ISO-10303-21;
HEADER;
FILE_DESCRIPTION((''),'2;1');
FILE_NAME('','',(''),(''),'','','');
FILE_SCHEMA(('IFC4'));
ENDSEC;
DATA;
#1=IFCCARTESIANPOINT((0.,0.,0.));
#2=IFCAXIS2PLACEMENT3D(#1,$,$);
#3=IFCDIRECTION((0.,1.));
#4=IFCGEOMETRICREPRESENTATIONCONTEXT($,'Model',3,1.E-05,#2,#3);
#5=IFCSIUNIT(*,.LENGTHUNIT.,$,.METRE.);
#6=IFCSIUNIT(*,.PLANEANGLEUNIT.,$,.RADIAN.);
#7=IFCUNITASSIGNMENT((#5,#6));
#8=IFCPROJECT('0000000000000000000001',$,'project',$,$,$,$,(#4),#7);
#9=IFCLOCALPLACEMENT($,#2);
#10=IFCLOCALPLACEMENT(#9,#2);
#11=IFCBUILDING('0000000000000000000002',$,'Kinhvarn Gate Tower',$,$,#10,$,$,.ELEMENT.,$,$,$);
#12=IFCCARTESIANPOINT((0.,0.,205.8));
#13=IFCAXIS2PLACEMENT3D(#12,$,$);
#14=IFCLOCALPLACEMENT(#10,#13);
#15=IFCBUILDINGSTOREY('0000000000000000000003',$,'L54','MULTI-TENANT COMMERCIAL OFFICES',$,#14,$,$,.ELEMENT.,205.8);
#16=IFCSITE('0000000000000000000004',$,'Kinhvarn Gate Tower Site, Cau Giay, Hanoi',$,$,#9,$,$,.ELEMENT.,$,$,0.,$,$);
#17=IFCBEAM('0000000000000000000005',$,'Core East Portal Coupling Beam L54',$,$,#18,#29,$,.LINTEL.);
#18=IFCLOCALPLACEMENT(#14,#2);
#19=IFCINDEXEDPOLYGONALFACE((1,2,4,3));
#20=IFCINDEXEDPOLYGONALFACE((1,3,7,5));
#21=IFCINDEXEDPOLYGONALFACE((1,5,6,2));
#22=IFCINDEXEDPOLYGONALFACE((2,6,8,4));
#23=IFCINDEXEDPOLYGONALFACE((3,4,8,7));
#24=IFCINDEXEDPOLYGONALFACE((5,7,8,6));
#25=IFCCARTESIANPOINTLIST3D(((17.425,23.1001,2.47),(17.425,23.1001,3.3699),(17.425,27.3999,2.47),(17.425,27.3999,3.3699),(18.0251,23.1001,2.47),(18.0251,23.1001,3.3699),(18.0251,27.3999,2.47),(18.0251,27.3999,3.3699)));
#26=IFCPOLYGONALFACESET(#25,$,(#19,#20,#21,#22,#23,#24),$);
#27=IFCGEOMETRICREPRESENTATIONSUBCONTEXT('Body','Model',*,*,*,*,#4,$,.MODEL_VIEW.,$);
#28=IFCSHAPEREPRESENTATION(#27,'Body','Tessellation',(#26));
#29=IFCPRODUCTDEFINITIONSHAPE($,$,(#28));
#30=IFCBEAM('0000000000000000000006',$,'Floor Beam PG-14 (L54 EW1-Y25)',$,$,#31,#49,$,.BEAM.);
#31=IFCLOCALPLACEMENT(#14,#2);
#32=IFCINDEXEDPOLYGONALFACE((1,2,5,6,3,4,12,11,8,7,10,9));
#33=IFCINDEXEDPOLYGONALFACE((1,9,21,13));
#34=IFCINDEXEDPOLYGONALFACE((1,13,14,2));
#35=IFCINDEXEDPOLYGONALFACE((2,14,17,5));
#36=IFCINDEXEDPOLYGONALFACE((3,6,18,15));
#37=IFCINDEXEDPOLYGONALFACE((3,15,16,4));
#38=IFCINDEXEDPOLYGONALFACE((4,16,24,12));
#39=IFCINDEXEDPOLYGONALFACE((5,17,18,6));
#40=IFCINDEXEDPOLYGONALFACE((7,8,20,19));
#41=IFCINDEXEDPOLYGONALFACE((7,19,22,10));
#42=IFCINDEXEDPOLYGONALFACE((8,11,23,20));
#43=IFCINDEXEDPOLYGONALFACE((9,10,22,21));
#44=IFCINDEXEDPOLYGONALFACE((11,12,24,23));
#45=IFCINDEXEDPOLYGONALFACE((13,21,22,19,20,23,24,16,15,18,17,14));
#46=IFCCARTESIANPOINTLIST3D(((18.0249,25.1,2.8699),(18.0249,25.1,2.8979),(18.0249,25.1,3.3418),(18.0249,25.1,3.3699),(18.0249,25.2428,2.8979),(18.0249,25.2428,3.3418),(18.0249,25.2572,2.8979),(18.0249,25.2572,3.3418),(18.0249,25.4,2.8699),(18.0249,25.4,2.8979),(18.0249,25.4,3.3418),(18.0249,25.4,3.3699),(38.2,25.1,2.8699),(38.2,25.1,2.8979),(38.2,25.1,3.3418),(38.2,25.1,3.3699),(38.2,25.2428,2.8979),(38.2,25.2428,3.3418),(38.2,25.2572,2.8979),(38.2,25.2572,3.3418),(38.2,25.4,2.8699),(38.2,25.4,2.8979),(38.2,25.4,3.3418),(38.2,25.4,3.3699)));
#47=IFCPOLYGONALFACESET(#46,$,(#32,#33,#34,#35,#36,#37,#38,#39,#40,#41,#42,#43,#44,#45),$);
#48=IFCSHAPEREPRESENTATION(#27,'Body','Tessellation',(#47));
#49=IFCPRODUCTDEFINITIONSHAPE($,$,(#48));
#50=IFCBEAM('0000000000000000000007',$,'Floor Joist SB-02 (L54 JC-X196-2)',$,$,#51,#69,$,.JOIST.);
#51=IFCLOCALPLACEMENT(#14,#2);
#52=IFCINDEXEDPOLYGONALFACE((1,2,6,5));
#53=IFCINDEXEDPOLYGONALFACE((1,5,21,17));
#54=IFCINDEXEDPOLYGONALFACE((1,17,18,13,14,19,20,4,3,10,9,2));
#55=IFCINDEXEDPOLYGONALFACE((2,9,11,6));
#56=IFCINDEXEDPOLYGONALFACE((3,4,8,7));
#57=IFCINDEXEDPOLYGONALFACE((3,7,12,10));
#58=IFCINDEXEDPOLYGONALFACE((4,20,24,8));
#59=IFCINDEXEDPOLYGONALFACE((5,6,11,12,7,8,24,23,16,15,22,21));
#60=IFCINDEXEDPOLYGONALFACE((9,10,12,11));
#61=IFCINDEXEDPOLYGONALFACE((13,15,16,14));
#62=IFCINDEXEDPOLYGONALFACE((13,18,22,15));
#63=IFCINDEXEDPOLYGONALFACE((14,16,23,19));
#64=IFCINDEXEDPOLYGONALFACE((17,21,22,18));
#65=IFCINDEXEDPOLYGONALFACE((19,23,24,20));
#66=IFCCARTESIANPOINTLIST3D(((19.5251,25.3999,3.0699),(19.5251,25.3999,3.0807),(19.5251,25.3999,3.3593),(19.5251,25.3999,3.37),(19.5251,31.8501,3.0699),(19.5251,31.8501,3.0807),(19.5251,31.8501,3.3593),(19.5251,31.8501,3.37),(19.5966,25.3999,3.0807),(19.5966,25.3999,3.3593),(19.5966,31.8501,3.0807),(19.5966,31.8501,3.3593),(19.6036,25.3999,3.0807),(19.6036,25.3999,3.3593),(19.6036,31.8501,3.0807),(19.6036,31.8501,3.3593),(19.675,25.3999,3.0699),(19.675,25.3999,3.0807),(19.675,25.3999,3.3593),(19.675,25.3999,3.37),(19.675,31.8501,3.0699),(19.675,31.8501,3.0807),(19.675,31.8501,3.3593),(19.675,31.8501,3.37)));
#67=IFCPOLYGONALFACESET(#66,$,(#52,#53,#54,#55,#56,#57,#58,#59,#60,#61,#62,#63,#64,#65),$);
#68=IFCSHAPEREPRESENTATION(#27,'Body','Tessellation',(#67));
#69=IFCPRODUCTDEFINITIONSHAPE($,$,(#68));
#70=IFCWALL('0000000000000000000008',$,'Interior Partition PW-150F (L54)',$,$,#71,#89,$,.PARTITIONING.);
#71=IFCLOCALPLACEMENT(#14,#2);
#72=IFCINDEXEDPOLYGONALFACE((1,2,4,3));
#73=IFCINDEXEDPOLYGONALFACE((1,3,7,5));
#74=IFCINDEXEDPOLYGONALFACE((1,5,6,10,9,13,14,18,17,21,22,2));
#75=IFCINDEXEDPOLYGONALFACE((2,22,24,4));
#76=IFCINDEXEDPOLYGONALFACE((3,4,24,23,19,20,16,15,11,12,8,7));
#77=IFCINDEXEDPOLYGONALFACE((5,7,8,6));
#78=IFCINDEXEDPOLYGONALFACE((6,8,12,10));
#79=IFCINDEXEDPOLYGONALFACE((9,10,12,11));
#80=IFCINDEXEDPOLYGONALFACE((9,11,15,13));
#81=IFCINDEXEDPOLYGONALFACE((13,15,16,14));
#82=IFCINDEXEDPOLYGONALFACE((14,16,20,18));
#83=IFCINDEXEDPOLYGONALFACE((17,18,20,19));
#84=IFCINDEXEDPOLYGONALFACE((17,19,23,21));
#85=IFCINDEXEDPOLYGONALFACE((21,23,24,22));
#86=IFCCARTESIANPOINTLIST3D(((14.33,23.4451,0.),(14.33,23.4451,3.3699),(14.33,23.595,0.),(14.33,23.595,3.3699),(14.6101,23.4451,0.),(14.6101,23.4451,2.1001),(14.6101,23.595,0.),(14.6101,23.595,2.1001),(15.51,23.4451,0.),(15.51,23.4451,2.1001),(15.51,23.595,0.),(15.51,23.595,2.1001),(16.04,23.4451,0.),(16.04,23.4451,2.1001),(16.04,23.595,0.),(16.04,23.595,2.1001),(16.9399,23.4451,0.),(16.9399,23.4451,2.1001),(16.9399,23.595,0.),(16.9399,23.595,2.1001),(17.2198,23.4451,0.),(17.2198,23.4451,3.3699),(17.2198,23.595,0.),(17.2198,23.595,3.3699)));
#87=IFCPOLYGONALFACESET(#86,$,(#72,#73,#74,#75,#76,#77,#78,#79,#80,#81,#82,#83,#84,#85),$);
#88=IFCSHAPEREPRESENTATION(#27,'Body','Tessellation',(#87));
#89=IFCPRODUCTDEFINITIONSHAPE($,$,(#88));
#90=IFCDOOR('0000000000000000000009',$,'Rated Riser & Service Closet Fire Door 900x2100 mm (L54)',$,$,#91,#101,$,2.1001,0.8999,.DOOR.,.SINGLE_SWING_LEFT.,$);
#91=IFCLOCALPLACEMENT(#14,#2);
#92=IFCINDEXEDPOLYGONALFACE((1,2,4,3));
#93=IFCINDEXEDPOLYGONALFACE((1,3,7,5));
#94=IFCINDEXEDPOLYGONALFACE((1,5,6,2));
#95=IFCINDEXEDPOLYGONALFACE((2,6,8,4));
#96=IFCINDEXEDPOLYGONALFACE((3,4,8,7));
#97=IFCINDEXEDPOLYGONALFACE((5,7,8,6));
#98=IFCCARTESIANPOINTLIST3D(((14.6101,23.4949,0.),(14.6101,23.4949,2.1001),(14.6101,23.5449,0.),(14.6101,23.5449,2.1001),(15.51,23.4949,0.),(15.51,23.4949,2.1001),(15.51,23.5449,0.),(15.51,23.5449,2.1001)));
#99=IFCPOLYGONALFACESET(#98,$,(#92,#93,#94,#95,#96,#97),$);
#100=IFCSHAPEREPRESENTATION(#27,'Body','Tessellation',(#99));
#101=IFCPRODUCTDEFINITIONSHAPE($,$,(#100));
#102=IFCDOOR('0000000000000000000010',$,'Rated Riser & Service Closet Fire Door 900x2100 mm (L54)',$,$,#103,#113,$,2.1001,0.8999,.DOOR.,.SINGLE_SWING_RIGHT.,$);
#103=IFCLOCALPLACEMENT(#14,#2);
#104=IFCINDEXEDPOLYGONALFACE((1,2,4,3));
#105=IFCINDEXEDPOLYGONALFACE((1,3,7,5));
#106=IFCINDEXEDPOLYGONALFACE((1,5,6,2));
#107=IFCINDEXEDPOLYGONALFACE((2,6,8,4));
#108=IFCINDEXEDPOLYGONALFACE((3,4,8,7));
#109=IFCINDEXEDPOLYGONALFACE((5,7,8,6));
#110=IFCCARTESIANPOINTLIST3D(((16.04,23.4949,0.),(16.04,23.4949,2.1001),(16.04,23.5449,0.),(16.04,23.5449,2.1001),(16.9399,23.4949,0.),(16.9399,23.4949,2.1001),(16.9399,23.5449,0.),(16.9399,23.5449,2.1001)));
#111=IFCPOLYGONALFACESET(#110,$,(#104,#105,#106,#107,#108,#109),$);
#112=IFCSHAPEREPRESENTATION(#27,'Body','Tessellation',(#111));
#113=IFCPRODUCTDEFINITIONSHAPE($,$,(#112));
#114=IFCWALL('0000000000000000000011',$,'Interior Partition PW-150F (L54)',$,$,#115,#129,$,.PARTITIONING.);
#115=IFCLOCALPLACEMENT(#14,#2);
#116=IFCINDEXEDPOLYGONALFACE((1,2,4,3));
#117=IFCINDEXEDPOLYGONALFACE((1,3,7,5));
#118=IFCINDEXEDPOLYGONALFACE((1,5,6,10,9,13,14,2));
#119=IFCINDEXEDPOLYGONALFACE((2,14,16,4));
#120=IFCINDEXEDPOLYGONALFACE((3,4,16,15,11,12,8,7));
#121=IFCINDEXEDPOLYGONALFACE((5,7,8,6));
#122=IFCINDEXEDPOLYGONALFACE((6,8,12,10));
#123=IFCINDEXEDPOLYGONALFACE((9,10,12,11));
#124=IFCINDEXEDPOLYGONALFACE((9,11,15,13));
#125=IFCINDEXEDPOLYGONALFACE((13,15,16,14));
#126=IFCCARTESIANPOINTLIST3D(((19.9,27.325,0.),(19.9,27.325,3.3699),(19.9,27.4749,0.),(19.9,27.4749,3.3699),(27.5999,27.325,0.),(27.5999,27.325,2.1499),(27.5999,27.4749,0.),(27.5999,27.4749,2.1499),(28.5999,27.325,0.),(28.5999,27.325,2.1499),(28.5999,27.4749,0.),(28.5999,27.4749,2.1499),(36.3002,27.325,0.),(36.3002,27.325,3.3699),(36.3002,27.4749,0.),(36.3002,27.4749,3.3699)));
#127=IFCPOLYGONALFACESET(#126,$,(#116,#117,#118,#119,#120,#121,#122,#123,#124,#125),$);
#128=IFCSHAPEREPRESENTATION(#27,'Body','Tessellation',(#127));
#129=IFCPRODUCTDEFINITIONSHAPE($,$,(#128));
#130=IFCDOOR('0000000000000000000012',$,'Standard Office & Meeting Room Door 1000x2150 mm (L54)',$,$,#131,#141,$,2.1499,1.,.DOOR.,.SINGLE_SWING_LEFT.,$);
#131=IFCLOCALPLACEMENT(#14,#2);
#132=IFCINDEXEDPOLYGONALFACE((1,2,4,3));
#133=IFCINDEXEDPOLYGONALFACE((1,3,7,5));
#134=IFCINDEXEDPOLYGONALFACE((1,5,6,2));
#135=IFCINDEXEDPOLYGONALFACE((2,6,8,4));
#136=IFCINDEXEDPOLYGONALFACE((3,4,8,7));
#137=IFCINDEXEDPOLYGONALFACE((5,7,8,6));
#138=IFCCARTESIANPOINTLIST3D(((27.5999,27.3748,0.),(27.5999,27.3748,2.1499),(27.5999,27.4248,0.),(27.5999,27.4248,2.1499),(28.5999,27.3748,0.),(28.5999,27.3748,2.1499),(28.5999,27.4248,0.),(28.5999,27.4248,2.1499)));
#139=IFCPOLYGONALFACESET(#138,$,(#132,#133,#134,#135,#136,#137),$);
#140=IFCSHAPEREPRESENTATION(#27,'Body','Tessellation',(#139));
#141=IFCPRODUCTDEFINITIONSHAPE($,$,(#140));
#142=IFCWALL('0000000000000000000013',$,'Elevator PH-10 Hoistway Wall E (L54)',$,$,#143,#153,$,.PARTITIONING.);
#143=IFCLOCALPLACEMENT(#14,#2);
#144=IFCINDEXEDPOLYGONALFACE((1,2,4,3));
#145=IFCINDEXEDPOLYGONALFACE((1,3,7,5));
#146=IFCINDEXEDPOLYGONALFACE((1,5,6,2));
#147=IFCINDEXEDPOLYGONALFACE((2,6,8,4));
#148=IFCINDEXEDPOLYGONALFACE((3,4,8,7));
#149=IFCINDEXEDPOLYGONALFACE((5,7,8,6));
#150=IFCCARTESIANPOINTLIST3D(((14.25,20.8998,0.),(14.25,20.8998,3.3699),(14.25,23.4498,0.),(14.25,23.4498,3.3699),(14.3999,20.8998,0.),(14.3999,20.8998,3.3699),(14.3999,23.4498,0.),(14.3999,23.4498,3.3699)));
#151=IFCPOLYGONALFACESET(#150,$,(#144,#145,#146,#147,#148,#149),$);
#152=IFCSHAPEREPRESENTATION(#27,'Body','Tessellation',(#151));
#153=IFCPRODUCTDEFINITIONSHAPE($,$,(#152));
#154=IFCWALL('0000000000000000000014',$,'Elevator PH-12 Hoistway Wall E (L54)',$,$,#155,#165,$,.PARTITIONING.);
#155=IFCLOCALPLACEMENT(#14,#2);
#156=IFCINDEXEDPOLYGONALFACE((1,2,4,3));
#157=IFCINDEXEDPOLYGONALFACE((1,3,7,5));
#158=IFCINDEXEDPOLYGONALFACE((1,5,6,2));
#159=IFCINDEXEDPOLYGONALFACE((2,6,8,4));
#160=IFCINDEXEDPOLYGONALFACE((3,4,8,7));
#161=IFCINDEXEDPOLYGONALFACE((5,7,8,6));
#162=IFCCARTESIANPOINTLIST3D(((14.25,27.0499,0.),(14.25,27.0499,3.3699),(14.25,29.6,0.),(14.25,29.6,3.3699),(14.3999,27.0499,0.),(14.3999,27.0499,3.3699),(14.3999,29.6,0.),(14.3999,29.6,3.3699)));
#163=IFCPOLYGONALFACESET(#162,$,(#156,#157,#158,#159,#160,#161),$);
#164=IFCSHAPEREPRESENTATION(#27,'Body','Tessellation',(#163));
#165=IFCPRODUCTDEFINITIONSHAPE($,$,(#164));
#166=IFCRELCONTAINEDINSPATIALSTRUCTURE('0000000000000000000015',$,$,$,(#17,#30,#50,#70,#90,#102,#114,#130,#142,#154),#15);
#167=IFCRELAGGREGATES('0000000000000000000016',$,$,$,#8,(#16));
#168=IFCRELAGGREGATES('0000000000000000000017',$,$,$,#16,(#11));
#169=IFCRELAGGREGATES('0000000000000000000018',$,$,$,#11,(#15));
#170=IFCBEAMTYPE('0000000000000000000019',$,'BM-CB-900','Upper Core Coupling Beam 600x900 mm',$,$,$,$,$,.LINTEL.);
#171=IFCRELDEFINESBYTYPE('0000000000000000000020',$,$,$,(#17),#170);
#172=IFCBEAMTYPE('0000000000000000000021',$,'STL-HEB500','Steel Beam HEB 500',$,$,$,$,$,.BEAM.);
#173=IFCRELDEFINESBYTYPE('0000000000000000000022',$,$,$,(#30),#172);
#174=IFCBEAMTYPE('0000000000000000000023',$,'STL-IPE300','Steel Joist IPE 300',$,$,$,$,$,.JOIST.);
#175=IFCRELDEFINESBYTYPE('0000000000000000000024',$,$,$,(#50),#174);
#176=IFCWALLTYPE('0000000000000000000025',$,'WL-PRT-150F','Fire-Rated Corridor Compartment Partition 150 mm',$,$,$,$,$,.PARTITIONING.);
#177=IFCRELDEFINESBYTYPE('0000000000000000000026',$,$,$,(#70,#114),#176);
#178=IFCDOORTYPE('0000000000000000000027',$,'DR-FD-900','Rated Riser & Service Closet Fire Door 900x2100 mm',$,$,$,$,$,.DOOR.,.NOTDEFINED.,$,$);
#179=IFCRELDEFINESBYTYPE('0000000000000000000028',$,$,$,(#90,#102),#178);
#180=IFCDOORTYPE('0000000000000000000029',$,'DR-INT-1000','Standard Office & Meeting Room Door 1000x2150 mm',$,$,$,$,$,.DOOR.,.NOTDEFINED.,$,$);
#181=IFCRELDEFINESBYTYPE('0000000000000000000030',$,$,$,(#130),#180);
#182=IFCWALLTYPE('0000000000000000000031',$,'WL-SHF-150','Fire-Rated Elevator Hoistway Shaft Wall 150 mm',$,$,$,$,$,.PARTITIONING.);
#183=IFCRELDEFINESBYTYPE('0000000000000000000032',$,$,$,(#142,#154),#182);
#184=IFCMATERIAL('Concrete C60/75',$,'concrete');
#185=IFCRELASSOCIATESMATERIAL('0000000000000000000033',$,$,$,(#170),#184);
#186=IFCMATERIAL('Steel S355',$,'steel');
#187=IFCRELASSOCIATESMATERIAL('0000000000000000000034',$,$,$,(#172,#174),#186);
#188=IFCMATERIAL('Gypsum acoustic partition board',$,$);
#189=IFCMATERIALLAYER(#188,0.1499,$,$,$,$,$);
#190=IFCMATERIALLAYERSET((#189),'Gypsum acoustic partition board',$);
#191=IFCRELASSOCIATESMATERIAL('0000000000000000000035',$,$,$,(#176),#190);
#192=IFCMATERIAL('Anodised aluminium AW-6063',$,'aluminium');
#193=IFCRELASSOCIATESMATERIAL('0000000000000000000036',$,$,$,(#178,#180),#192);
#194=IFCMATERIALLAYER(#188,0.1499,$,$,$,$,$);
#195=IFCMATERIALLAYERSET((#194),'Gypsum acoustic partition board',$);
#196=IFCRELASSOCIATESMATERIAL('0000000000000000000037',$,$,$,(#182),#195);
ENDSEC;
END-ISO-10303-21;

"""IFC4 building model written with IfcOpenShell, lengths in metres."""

from ifc_helpers import new_model, si_unit, direction, frame, frame_2d, origin, origin_2d, place, context, subcontext, project, spatial, rectangle, i_section, extrude, material, layer, layer_set, material_profile, profile_set, type_object, element, fill, save


model = new_model("IFC4")

# Units and contexts
model_context = context("Model", 3, precision=1e-05, world=origin(), true_north=direction((0.0, 1.0)))
body_context = subcontext(model_context, "Body", "Model", "MODEL_VIEW")
ifc_project = project(units=[si_unit("LENGTHUNIT", "METRE"), si_unit("PLANEANGLEUNIT", "RADIAN")], contexts=[model_context])

# Site, building, storey
site_placement = place(None, origin())
site = spatial("IfcSite", under=ifc_project, at=site_placement, Name="Kinhvarn Gate Tower Site, Cau Giay, Hanoi", CompositionType="ELEMENT", RefElevation=0.0)
building_placement = place(site_placement, origin())
building = spatial("IfcBuilding", under=site, at=building_placement, Name="Kinhvarn Gate Tower", CompositionType="ELEMENT")
storey_placement = place(building_placement, frame((0.0, 0.0, 205.8)))
storey = spatial("IfcBuildingStorey", under=building, at=storey_placement, Name="L54", Description="MULTI-TENANT COMMERCIAL OFFICES", CompositionType="ELEMENT", Elevation=205.8)

# Beams
ifc_material_1 = material(Name="Concrete C60/75", Category="concrete")
ifc_material_profile_1 = material_profile(ifc_material_1, rectangle(XDim=0.6001, YDim=0.8999, at=origin_2d()), Name="RC 600x900")
ifc_profile_set_1 = profile_set([ifc_material_profile_1], Name="Concrete C60/75")
beam_type_1 = type_object("IfcBeamType", Name="BM-CB-900", Description="Upper Core Coupling Beam 600x900 mm", PredefinedType="LINTEL", material=ifc_profile_set_1)
beam_1_placement = place(storey_placement, frame((17.7251, 23.1001, 2.9199), z_axis=(0.0, 1.0, 0.0), x_axis=(-1.0, 0.0, 0.0)))
element("IfcBeam", 1, at=beam_1_placement, inside=storey, type_object=beam_type_1, Name="Core East Portal Coupling Beam L54", PredefinedType="LINTEL", context=body_context, shape_type="SweptSolid", body=[
    extrude(rectangle(XDim=0.6001, YDim=0.8999, at=origin_2d()), origin(), (0.0, 0.0, 1.0), 4.2998),
])
ifc_material_2 = material(Name="Steel S355", Category="steel")
ifc_material_profile_2 = material_profile(ifc_material_2, i_section(OverallWidth=0.3, OverallDepth=0.5, WebThickness=0.0144, FlangeThickness=0.0281, at=origin_2d()), Name="HEB 500")
ifc_profile_set_2 = profile_set([ifc_material_profile_2], Name="Steel S355")
beam_type_2 = type_object("IfcBeamType", Name="STL-HEB500", Description="Steel Beam HEB 500", PredefinedType="BEAM", material=ifc_profile_set_2)
beam_2_placement = place(storey_placement, frame((18.0249, 25.25, 3.1199), z_axis=(1.0, 0.0, 0.0), x_axis=(0.0, 1.0, 0.0)))
element("IfcBeam", 2, at=beam_2_placement, inside=storey, type_object=beam_type_2, Name="Floor Beam PG-14 (L54 EW1-Y25)", PredefinedType="BEAM", context=body_context, shape_type="SweptSolid", body=[
    extrude(i_section(OverallWidth=0.3, OverallDepth=0.5, WebThickness=0.0144, FlangeThickness=0.0281, at=origin_2d()), origin(), (0.0, 0.0, 1.0), 20.175),
])
ifc_material_profile_3 = material_profile(ifc_material_2, i_section(OverallWidth=0.1499, OverallDepth=0.3, WebThickness=0.0071, FlangeThickness=0.0107, at=origin_2d()), Name="IPE 300")
ifc_profile_set_3 = profile_set([ifc_material_profile_3], Name="Steel S355")
beam_type_3 = type_object("IfcBeamType", Name="STL-IPE300", Description="Steel Joist IPE 300", PredefinedType="JOIST", material=ifc_profile_set_3)
beam_3_placement = place(storey_placement, frame((19.6001, 25.3999, 3.22), z_axis=(0.0, 1.0, 0.0), x_axis=(-1.0, 0.0, 0.0)))
element("IfcBeam", 3, at=beam_3_placement, inside=storey, type_object=beam_type_3, Name="Floor Joist SB-02 (L54 JC-X196-2)", PredefinedType="JOIST", context=body_context, shape_type="SweptSolid", body=[
    extrude(i_section(OverallWidth=0.1499, OverallDepth=0.3, WebThickness=0.0071, FlangeThickness=0.0107, at=origin_2d()), origin(), (0.0, 0.0, 1.0), 6.4502),
])

# Shared definitions
ifc_material_3 = material(Name="Anodised aluminium AW-6063", Category="aluminium")

# Wall, openings, doors
ifc_material_4 = material(Name="Gypsum acoustic partition board")
ifc_layer_1 = layer(ifc_material_4, 0.1499)
ifc_layer_set_1 = layer_set([ifc_layer_1], Name="Gypsum acoustic partition board")
wall_type_1 = type_object("IfcWallType", Name="WL-PRT-150F", Description="Fire-Rated Corridor Compartment Partition 150 mm", PredefinedType="PARTITIONING", material=ifc_layer_set_1)
wall_1_placement = place(storey_placement, frame((14.3301, 23.52, 0.0), z_axis=(0.0, 0.0, 1.0), x_axis=(1.0, 0.0, 0.0)))
wall_1 = element("IfcWall", 4, at=wall_1_placement, inside=storey, type_object=wall_type_1, Name="Interior Partition PW-150F (L54)", PredefinedType="PARTITIONING", context=body_context, shape_type="SweptSolid", body=[
    extrude(rectangle(XDim=2.8899, YDim=0.1499, at=frame_2d((1.4448, 0.0))), origin(), (0.0, 0.0, 1.0), 3.3699),
])
opening_1_placement = place(wall_1_placement, frame((0.28, 0.0, 0.0)))
opening_1 = element("IfcOpeningElement", 5, at=opening_1_placement, cuts=wall_1, PredefinedType="OPENING", context=body_context, shape_type="SweptSolid", body=[
    extrude(rectangle(XDim=0.8999, YDim=2.1001, at=frame_2d((0.45, 1.05))), frame((0.0, 0.085, 0.0), z_axis=(0.0, -1.0, 0.0), x_axis=(1.0, 0.0, 0.0)), (0.0, 0.0, 1.0), 0.1699),
])
opening_2_placement = place(wall_1_placement, frame((1.71, 0.0, 0.0)))
opening_2 = element("IfcOpeningElement", 6, at=opening_2_placement, cuts=wall_1, PredefinedType="OPENING", context=body_context, shape_type="SweptSolid", body=[
    extrude(rectangle(XDim=0.8999, YDim=2.1001, at=frame_2d((0.45, 1.05))), frame((0.0, 0.085, 0.0), z_axis=(0.0, -1.0, 0.0), x_axis=(1.0, 0.0, 0.0)), (0.0, 0.0, 1.0), 0.1699),
])
door_type_1 = type_object("IfcDoorType", Name="DR-FD-900", Description="Rated Riser & Service Closet Fire Door 900x2100 mm", OperationType="NOTDEFINED", PredefinedType="DOOR", material=ifc_material_3)
door_1_placement = place(opening_1_placement, origin())
door_1 = element("IfcDoor", 7, at=door_1_placement, inside=storey, type_object=door_type_1, Name="Rated Riser & Service Closet Fire Door 900x2100 mm (L54)", OperationType="SINGLE_SWING_LEFT", OverallHeight=2.1001, OverallWidth=0.8999, PredefinedType="DOOR", context=body_context, shape_type="SweptSolid", body=[
    extrude(rectangle(XDim=0.8999, YDim=2.1001, at=frame_2d((0.45, 1.05))), frame((0.0, 0.0249, 0.0), z_axis=(0.0, -1.0, 0.0), x_axis=(1.0, 0.0, 0.0)), (0.0, 0.0, 1.0), 0.05),
])
fill(opening_1, door_1)
door_2_placement = place(opening_2_placement, origin())
door_2 = element("IfcDoor", 8, at=door_2_placement, inside=storey, type_object=door_type_1, Name="Rated Riser & Service Closet Fire Door 900x2100 mm (L54)", OperationType="SINGLE_SWING_RIGHT", OverallHeight=2.1001, OverallWidth=0.8999, PredefinedType="DOOR", context=body_context, shape_type="SweptSolid", body=[
    extrude(rectangle(XDim=0.8999, YDim=2.1001, at=frame_2d((0.45, 1.05))), frame((0.0, 0.0249, 0.0), z_axis=(0.0, -1.0, 0.0), x_axis=(1.0, 0.0, 0.0)), (0.0, 0.0, 1.0), 0.05),
])
fill(opening_2, door_2)

# Wall, opening, door
wall_2_placement = place(storey_placement, frame((19.8999, 27.3999, 0.0), z_axis=(0.0, 0.0, 1.0), x_axis=(1.0, 0.0, 0.0)))
wall_2 = element("IfcWall", 9, at=wall_2_placement, inside=storey, type_object=wall_type_1, Name="Interior Partition PW-150F (L54)", PredefinedType="PARTITIONING", context=body_context, shape_type="SweptSolid", body=[
    extrude(rectangle(XDim=16.4001, YDim=0.1499, at=frame_2d((8.2002, 0.0))), origin(), (0.0, 0.0, 1.0), 3.3699),
])
opening_3_placement = place(wall_2_placement, frame((7.7, 0.0, 0.0)))
opening_3 = element("IfcOpeningElement", 10, at=opening_3_placement, cuts=wall_2, PredefinedType="OPENING", context=body_context, shape_type="SweptSolid", body=[
    extrude(rectangle(XDim=1.0, YDim=2.1499, at=frame_2d((0.5, 1.075))), frame((0.0, 0.085, 0.0), z_axis=(0.0, -1.0, 0.0), x_axis=(1.0, 0.0, 0.0)), (0.0, 0.0, 1.0), 0.1699),
])
door_type_2 = type_object("IfcDoorType", Name="DR-INT-1000", Description="Standard Office & Meeting Room Door 1000x2150 mm", OperationType="NOTDEFINED", PredefinedType="DOOR", material=ifc_material_3)
door_3_placement = place(opening_3_placement, origin())
door_3 = element("IfcDoor", 11, at=door_3_placement, inside=storey, type_object=door_type_2, Name="Standard Office & Meeting Room Door 1000x2150 mm (L54)", OperationType="SINGLE_SWING_LEFT", OverallHeight=2.1499, OverallWidth=1.0, PredefinedType="DOOR", context=body_context, shape_type="SweptSolid", body=[
    extrude(rectangle(XDim=1.0, YDim=2.1499, at=frame_2d((0.5, 1.075))), frame((0.0, 0.0249, 0.0), z_axis=(0.0, -1.0, 0.0), x_axis=(1.0, 0.0, 0.0)), (0.0, 0.0, 1.0), 0.05),
])
fill(opening_3, door_3)

# Walls
ifc_layer_2 = layer(ifc_material_4, 0.1499)
ifc_layer_set_2 = layer_set([ifc_layer_2], Name="Gypsum acoustic partition board")
wall_type_2 = type_object("IfcWallType", Name="WL-SHF-150", Description="Fire-Rated Elevator Hoistway Shaft Wall 150 mm", PredefinedType="PARTITIONING", material=ifc_layer_set_2)
for number, where, z_axis, x_axis, name in (
    (12, (14.325, 20.8999, 0.0), (0.0, 0.0, 1.0), (0.0, 1.0, 0.0), "Elevator PH-10 Hoistway Wall E (L54)"),
    (13, (14.325, 27.05, 0.0), (0.0, 0.0, 1.0), (0.0, 1.0, 0.0), "Elevator PH-12 Hoistway Wall E (L54)"),
):
    element("IfcWall", number, at=place(storey_placement, frame(where, z_axis=z_axis, x_axis=x_axis)), inside=storey, type_object=wall_type_2, Name=name, PredefinedType="PARTITIONING", context=body_context, shape_type="SweptSolid", body=[
        extrude(rectangle(XDim=2.55, YDim=0.1499, at=frame_2d((1.2749, 0.0))), origin(), (0.0, 0.0, 1.0), 3.3699),
    ])

save(model, "model.ifc")
